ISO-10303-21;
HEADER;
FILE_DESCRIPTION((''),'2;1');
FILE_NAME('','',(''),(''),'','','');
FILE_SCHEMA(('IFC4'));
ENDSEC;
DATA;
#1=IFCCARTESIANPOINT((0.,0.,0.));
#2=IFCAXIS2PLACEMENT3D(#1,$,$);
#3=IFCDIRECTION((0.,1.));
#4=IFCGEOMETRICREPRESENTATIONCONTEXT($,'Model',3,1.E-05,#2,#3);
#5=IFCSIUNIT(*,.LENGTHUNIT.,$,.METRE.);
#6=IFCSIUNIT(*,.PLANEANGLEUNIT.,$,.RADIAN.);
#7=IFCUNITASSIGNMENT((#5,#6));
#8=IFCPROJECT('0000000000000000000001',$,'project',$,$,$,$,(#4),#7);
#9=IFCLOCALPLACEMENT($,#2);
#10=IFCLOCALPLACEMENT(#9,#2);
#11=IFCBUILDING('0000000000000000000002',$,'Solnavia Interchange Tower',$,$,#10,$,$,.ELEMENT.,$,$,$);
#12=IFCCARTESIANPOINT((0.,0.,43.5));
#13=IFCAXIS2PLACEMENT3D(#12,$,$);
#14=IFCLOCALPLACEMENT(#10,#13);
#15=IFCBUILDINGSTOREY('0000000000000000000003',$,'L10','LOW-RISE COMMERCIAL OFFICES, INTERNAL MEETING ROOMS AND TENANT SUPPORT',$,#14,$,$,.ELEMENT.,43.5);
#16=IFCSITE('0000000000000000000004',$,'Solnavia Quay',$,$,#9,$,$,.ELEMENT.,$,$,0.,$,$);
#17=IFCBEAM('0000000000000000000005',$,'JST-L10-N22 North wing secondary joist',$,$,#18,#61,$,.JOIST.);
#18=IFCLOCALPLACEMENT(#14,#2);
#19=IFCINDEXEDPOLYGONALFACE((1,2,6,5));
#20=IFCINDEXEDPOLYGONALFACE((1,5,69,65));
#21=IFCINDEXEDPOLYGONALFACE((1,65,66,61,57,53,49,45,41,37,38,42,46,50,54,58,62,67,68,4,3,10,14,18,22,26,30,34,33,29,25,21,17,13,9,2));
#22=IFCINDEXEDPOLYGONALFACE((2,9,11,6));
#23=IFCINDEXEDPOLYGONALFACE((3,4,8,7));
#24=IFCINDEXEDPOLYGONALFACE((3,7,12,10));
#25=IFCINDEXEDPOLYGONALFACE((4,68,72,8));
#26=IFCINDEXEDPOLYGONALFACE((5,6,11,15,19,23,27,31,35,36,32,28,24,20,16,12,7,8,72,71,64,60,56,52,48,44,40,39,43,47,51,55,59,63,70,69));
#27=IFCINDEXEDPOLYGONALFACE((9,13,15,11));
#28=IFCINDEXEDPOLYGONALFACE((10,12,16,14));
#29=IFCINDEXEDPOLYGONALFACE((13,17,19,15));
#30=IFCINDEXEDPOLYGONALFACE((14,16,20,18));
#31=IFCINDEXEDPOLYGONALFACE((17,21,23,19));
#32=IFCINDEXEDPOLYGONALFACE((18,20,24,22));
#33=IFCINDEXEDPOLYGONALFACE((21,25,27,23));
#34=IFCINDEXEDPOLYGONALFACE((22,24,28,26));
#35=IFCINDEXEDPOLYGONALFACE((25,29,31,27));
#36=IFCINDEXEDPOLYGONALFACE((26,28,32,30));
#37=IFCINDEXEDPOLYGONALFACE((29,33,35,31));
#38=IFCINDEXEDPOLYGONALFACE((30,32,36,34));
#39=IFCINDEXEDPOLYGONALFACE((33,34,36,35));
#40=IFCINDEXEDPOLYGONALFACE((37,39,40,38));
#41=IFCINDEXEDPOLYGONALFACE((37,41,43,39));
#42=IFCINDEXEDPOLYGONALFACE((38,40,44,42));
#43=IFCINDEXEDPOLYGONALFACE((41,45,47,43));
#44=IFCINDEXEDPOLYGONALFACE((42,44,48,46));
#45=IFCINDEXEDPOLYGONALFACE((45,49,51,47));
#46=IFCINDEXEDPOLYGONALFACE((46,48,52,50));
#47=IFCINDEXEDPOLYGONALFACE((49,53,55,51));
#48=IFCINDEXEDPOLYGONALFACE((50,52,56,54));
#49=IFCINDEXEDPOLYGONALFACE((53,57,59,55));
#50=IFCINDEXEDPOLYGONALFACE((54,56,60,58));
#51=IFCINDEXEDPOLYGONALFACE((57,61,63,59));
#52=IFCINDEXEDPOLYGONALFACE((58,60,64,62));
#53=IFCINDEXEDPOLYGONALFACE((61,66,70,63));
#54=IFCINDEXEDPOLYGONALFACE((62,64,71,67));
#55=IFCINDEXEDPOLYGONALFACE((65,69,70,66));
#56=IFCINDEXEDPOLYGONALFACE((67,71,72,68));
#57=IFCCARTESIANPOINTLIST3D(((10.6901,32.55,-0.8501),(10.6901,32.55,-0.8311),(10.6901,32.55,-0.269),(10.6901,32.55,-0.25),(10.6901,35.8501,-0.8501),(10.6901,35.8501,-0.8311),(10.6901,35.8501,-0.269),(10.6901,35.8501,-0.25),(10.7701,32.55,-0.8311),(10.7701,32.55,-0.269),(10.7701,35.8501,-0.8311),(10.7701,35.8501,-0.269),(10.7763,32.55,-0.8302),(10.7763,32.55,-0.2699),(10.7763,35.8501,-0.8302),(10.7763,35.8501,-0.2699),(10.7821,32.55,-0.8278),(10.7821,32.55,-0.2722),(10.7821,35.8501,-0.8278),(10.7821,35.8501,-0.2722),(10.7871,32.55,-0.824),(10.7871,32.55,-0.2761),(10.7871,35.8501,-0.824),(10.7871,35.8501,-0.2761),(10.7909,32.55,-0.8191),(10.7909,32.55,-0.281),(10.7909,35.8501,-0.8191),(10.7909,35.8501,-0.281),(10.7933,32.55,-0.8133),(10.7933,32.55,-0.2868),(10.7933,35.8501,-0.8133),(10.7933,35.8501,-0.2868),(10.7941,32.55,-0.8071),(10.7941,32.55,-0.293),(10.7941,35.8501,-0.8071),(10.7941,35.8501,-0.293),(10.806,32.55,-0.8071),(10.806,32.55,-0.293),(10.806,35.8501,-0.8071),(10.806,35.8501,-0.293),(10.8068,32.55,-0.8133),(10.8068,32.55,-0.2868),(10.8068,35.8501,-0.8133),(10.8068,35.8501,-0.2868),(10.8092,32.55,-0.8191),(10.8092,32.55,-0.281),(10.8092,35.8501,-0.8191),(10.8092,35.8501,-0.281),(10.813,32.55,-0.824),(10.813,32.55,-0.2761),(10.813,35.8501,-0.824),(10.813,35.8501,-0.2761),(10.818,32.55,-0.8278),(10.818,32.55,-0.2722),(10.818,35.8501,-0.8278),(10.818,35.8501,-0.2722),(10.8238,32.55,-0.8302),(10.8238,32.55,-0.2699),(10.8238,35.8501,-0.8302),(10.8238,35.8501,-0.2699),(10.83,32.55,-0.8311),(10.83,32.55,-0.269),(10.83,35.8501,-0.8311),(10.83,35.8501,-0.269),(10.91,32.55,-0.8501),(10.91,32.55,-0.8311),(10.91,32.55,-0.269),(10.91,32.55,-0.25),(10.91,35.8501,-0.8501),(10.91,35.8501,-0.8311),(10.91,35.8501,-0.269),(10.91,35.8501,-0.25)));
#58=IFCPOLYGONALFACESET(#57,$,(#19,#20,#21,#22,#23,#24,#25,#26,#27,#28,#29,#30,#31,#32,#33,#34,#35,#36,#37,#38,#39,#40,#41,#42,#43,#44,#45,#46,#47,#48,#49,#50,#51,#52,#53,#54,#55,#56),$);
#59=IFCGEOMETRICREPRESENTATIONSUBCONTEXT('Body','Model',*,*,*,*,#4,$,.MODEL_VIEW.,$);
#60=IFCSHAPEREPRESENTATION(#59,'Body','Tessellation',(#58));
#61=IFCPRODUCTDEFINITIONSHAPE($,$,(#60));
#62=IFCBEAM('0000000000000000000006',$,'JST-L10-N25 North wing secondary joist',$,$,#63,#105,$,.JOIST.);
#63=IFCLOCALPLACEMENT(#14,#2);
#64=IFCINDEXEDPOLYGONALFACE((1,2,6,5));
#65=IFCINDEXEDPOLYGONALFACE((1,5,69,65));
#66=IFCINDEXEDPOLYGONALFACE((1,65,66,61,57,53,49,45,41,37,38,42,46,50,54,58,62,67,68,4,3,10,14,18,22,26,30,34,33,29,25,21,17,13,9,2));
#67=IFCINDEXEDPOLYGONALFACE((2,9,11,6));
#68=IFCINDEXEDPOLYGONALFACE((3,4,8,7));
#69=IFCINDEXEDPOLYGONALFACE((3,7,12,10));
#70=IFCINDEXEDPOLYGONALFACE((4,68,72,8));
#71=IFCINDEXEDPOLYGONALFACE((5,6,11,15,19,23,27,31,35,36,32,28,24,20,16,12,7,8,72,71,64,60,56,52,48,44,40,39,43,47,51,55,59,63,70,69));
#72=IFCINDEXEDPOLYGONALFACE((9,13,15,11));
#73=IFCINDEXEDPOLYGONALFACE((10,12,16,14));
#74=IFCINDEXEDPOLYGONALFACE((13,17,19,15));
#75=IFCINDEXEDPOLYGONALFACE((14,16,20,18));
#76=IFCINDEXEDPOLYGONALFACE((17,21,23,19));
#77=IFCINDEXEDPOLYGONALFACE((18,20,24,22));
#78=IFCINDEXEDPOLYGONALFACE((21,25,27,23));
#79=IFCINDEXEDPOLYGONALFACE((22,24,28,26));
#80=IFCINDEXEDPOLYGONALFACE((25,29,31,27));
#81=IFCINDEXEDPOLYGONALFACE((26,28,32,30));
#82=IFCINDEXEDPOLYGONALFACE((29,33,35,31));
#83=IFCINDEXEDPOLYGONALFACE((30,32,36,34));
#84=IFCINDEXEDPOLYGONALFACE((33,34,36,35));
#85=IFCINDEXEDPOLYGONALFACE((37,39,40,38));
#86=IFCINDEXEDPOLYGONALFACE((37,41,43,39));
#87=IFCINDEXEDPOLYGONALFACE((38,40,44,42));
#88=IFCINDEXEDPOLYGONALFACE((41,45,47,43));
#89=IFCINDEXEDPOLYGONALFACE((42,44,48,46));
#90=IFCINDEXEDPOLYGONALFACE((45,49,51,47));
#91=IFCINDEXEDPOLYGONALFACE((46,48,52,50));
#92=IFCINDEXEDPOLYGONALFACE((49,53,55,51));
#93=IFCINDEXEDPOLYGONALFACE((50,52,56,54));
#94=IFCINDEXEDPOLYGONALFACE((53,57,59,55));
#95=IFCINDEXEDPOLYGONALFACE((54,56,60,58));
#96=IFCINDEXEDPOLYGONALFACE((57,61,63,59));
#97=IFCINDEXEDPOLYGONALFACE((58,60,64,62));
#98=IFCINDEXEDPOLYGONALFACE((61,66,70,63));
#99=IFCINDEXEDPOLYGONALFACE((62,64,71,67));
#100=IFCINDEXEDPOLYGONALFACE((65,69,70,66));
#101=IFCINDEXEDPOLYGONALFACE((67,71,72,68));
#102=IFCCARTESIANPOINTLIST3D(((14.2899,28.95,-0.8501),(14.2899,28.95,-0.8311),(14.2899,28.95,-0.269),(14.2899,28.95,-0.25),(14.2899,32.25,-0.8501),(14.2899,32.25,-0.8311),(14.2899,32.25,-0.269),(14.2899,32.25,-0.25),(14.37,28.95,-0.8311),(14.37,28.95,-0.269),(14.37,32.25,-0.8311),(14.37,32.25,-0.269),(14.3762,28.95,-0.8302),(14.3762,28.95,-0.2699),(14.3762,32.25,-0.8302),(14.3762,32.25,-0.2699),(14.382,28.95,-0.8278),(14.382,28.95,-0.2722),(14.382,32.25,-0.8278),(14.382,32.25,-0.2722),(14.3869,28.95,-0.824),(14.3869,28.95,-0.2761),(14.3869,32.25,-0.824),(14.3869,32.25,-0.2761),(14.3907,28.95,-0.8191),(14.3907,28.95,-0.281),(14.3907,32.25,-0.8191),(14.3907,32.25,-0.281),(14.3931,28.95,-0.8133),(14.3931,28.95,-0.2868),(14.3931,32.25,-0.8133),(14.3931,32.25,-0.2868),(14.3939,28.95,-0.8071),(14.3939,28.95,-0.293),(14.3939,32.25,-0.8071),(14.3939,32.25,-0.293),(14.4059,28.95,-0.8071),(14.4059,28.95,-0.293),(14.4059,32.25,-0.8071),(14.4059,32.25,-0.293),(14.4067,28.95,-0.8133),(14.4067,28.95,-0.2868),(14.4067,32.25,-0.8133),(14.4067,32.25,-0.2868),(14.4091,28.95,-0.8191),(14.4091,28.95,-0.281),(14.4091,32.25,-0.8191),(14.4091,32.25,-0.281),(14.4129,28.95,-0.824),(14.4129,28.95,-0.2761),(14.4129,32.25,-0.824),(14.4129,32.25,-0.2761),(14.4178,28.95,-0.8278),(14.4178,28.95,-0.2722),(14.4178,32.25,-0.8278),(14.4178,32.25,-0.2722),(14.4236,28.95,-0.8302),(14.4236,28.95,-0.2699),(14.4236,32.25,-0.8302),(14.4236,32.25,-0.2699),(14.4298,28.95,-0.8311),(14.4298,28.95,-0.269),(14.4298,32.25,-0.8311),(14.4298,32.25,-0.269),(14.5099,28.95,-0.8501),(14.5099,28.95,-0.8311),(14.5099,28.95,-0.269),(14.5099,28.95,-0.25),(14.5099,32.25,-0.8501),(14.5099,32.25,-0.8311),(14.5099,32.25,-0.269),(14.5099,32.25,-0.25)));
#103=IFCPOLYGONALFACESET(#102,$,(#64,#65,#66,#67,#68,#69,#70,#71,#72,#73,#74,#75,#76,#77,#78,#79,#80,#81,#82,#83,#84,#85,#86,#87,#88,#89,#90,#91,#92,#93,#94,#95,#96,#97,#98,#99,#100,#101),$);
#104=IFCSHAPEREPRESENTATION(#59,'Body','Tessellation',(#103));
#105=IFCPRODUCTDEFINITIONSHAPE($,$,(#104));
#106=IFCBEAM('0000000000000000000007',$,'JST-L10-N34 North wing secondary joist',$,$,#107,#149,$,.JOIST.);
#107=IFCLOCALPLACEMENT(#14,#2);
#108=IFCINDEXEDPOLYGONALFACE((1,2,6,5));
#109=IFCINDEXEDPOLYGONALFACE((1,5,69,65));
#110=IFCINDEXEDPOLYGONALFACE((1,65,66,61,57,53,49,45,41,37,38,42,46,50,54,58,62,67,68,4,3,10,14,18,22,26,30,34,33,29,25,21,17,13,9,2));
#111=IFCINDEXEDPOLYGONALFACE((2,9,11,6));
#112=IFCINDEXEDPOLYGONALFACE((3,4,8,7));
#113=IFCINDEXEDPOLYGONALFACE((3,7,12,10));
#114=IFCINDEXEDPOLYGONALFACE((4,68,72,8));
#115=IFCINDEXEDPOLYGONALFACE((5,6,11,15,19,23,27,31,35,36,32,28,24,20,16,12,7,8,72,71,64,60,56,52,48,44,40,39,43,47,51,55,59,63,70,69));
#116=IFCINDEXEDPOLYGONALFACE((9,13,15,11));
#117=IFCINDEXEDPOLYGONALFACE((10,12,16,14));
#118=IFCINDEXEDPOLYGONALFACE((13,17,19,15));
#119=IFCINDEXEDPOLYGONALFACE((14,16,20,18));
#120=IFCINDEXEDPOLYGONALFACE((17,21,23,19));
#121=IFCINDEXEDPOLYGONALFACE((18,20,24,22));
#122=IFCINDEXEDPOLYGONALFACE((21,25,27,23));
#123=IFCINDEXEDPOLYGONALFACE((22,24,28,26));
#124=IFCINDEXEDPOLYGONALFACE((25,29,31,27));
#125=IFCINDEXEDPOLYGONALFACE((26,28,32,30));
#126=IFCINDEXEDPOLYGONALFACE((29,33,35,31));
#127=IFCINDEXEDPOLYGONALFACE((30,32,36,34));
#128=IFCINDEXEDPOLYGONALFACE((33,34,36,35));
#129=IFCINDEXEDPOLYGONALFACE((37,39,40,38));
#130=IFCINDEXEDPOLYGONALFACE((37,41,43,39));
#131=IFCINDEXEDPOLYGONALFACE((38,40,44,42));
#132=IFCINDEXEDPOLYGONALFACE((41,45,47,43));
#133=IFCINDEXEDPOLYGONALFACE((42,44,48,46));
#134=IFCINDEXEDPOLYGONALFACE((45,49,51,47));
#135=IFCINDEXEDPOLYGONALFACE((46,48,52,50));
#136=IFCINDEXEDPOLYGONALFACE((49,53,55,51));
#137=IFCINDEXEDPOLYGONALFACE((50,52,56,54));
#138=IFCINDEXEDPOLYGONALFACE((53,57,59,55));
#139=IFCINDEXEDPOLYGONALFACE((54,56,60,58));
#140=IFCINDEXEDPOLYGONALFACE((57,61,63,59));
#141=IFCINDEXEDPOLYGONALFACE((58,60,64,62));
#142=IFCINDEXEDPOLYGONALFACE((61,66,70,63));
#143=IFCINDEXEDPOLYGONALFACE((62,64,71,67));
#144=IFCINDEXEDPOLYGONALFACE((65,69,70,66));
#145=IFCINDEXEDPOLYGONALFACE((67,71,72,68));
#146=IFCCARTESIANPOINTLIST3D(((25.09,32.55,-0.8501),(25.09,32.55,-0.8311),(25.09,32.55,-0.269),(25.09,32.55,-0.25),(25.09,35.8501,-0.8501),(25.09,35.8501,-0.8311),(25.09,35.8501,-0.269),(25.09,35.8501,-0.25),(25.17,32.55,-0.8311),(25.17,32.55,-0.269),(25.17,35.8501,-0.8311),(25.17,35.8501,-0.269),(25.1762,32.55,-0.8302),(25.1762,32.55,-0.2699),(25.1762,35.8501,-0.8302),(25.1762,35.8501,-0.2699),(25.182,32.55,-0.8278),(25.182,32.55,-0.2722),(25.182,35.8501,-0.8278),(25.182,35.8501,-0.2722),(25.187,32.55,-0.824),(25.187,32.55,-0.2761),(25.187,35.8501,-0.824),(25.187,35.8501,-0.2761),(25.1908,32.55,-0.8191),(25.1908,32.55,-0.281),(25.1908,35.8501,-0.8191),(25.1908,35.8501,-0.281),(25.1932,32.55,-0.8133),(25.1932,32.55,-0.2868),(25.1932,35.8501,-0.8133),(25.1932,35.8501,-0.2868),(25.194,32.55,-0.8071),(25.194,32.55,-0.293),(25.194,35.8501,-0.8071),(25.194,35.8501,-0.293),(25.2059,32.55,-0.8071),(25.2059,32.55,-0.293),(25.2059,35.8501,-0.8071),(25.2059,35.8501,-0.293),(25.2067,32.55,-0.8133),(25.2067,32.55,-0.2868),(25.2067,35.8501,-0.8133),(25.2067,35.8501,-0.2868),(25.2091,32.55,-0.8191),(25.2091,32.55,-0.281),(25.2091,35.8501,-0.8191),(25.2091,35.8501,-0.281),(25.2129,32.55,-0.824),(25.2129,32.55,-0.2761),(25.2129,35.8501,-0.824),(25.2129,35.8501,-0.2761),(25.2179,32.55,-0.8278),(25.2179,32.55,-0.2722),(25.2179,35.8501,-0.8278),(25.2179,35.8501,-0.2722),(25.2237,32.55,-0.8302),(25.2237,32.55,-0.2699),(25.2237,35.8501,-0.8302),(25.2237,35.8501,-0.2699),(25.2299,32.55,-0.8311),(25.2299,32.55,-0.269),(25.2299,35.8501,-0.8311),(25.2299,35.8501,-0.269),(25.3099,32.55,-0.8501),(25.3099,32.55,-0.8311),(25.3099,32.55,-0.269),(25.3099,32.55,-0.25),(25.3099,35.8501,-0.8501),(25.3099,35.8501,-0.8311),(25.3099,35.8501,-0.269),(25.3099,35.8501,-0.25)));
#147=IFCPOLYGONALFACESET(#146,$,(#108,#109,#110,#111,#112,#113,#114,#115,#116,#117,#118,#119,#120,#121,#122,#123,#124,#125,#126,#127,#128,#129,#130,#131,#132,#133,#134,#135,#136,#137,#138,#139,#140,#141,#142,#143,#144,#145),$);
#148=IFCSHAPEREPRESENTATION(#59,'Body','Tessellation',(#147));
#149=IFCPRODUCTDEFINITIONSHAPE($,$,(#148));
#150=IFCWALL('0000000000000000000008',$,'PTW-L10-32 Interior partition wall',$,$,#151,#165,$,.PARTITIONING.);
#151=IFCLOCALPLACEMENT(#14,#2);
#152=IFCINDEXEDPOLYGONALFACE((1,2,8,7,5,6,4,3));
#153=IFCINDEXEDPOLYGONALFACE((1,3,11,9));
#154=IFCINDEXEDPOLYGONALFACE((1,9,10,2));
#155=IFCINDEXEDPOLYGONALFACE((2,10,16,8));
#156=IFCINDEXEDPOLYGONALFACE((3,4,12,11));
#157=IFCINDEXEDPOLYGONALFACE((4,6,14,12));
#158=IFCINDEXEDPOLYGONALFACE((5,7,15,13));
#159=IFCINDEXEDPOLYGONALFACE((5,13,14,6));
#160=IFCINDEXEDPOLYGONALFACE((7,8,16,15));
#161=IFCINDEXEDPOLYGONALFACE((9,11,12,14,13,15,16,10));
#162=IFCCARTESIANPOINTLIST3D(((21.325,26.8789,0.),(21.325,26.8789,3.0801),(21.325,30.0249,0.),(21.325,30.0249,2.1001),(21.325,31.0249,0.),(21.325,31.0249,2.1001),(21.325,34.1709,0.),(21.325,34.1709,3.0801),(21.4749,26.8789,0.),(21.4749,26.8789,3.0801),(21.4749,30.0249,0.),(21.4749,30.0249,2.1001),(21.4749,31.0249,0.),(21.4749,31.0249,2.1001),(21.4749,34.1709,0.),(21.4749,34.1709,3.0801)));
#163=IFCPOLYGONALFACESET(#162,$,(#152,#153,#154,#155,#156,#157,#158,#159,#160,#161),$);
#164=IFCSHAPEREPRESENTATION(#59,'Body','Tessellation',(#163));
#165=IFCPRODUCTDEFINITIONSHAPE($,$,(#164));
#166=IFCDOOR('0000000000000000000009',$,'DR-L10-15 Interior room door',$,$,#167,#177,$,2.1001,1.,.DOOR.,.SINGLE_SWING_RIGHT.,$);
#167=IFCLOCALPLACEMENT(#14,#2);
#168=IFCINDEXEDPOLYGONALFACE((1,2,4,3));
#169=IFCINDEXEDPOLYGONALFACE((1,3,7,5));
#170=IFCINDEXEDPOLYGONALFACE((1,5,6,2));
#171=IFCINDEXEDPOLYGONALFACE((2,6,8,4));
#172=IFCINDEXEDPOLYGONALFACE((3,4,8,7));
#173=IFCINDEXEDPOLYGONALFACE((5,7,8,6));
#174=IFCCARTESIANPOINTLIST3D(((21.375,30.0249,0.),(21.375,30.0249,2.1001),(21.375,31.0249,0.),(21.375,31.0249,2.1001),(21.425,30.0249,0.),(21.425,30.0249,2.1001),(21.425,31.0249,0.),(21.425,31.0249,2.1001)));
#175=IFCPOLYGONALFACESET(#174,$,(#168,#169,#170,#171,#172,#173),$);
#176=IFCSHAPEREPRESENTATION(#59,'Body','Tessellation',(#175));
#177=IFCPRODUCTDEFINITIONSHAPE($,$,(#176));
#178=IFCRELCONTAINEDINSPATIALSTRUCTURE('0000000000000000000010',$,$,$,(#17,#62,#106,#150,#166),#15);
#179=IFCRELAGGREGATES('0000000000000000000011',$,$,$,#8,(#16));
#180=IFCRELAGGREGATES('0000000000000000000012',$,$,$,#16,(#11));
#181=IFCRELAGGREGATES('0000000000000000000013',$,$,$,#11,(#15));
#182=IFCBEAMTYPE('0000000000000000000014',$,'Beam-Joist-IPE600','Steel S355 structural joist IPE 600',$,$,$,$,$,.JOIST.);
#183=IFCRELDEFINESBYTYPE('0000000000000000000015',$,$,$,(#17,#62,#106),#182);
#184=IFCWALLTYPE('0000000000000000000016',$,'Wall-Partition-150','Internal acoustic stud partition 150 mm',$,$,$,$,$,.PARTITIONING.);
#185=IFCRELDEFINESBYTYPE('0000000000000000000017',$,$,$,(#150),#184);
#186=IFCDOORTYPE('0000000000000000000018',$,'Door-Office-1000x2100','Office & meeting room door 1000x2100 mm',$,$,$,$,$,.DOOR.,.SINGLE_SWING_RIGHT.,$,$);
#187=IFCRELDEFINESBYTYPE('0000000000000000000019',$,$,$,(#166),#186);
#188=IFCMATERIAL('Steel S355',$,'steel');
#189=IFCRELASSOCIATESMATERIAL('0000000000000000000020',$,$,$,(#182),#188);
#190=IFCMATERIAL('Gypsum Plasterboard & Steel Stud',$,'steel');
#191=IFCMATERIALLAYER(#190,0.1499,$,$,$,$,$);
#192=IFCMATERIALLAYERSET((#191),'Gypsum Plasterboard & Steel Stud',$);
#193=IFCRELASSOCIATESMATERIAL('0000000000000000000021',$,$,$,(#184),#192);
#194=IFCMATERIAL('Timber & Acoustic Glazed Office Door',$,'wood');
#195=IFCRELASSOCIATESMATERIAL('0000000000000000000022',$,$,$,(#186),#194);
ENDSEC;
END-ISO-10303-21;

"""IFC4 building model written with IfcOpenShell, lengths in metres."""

from ifc_helpers import new_model, si_unit, direction, frame, frame_2d, origin, origin_2d, place, context, subcontext, project, spatial, rectangle, i_section, extrude, material, layer, layer_set, material_profile, profile_set, type_object, element, fill, save


model = new_model("IFC4")

# Units and contexts
model_context = context("Model", 3, precision=1e-05, world=origin(), true_north=direction((0.0, 1.0)))
body_context = subcontext(model_context, "Body", "Model", "MODEL_VIEW")
ifc_project = project(units=[si_unit("LENGTHUNIT", "METRE"), si_unit("PLANEANGLEUNIT", "RADIAN")], contexts=[model_context])

# Site, building, storey
site_placement = place(None, origin())
site = spatial("IfcSite", under=ifc_project, at=site_placement, Name="Solnavia Quay", CompositionType="ELEMENT", RefElevation=0.0)
building_placement = place(site_placement, origin())
building = spatial("IfcBuilding", under=site, at=building_placement, Name="Solnavia Interchange Tower", CompositionType="ELEMENT")
storey_placement = place(building_placement, frame((0.0, 0.0, 43.5)))
storey = spatial("IfcBuildingStorey", under=building, at=storey_placement, Name="L10", Description="LOW-RISE COMMERCIAL OFFICES, INTERNAL MEETING ROOMS AND TENANT SUPPORT", CompositionType="ELEMENT", Elevation=43.5)

# Shared definitions
ifc_material_1 = material(Name="Steel S355", Category="steel")

# Beams
ifc_material_profile_1 = material_profile(ifc_material_1, i_section(OverallWidth=0.22, OverallDepth=0.6001, WebThickness=0.012, FlangeThickness=0.019, FilletRadius=0.0239, at=origin_2d()), Name="IPE 600")
ifc_profile_set_1 = profile_set([ifc_material_profile_1], Name="Steel S355")
beam_type_1 = type_object("IfcBeamType", Name="Beam-Joist-IPE600", Description="Steel S355 structural joist IPE 600", PredefinedType="JOIST", material=ifc_profile_set_1)
for number, where, z_axis, x_axis, name in (
    (1, (10.8, 32.55, -0.55), (0.0, 1.0, 0.0), (-1.0, 0.0, 0.0), "JST-L10-N22 North wing secondary joist"),
    (2, (14.3999, 28.95, -0.55), (0.0, 1.0, 0.0), (-1.0, 0.0, 0.0), "JST-L10-N25 North wing secondary joist"),
    (3, (25.2, 32.55, -0.55), (0.0, 1.0, 0.0), (-1.0, 0.0, 0.0), "JST-L10-N34 North wing secondary joist"),
):
    element("IfcBeam", number, at=place(storey_placement, frame(where, z_axis=z_axis, x_axis=x_axis)), inside=storey, type_object=beam_type_1, Name=name, PredefinedType="JOIST", context=body_context, shape_type="SweptSolid", body=[
        extrude(i_section(OverallWidth=0.22, OverallDepth=0.6001, WebThickness=0.012, FlangeThickness=0.019, FilletRadius=0.0239, at=origin_2d()), origin(), (0.0, 0.0, 1.0), 3.3),
    ])

# Wall, opening, door
ifc_material_2 = material(Name="Gypsum Plasterboard & Steel Stud", Category="steel")
ifc_layer_1 = layer(ifc_material_2, 0.1499)
ifc_layer_set_1 = layer_set([ifc_layer_1], Name="Gypsum Plasterboard & Steel Stud")
wall_type_1 = type_object("IfcWallType", Name="Wall-Partition-150", Description="Internal acoustic stud partition 150 mm", PredefinedType="PARTITIONING", material=ifc_layer_set_1)
wall_1_placement = place(storey_placement, frame((21.3999, 26.8789, 0.0), z_axis=(0.0, 0.0, 1.0), x_axis=(0.0, 1.0, 0.0)))
wall_1 = element("IfcWall", 4, at=wall_1_placement, inside=storey, type_object=wall_type_1, Name="PTW-L10-32 Interior partition wall", PredefinedType="PARTITIONING", context=body_context, shape_type="SweptSolid", body=[
    extrude(rectangle(XDim=7.292, YDim=0.1499, at=frame_2d((3.646, 0.0))), origin(), (0.0, 0.0, 1.0), 3.0801),
])
opening_1_placement = place(wall_1_placement, frame((3.146, 0.0, 0.0)))
opening_1 = element("IfcOpeningElement", 5, at=opening_1_placement, cuts=wall_1, PredefinedType="OPENING", context=body_context, shape_type="SweptSolid", body=[
    extrude(rectangle(XDim=1.0, YDim=2.1001, at=frame_2d((0.5, 1.05))), frame((0.0, 0.085, 0.0), z_axis=(0.0, -1.0, 0.0), x_axis=(1.0, 0.0, 0.0)), (0.0, 0.0, 1.0), 0.1699),
])
ifc_material_3 = material(Name="Timber & Acoustic Glazed Office Door", Category="wood")
door_type = type_object("IfcDoorType", Name="Door-Office-1000x2100", Description="Office & meeting room door 1000x2100 mm", OperationType="SINGLE_SWING_RIGHT", PredefinedType="DOOR", material=ifc_material_3)
door_1_placement = place(opening_1_placement, origin())
door_1 = element("IfcDoor", 6, at=door_1_placement, inside=storey, type_object=door_type, Name="DR-L10-15 Interior room door", OperationType="SINGLE_SWING_RIGHT", OverallHeight=2.1001, OverallWidth=1.0, PredefinedType="DOOR", context=body_context, shape_type="SweptSolid", body=[
    extrude(rectangle(XDim=1.0, YDim=2.1001, at=frame_2d((0.5, 1.05))), frame((0.0, 0.0249, 0.0), z_axis=(0.0, -1.0, 0.0), x_axis=(1.0, 0.0, 0.0)), (0.0, 0.0, 1.0), 0.05),
])
fill(opening_1, door_1)

save(model, "model.ifc")
